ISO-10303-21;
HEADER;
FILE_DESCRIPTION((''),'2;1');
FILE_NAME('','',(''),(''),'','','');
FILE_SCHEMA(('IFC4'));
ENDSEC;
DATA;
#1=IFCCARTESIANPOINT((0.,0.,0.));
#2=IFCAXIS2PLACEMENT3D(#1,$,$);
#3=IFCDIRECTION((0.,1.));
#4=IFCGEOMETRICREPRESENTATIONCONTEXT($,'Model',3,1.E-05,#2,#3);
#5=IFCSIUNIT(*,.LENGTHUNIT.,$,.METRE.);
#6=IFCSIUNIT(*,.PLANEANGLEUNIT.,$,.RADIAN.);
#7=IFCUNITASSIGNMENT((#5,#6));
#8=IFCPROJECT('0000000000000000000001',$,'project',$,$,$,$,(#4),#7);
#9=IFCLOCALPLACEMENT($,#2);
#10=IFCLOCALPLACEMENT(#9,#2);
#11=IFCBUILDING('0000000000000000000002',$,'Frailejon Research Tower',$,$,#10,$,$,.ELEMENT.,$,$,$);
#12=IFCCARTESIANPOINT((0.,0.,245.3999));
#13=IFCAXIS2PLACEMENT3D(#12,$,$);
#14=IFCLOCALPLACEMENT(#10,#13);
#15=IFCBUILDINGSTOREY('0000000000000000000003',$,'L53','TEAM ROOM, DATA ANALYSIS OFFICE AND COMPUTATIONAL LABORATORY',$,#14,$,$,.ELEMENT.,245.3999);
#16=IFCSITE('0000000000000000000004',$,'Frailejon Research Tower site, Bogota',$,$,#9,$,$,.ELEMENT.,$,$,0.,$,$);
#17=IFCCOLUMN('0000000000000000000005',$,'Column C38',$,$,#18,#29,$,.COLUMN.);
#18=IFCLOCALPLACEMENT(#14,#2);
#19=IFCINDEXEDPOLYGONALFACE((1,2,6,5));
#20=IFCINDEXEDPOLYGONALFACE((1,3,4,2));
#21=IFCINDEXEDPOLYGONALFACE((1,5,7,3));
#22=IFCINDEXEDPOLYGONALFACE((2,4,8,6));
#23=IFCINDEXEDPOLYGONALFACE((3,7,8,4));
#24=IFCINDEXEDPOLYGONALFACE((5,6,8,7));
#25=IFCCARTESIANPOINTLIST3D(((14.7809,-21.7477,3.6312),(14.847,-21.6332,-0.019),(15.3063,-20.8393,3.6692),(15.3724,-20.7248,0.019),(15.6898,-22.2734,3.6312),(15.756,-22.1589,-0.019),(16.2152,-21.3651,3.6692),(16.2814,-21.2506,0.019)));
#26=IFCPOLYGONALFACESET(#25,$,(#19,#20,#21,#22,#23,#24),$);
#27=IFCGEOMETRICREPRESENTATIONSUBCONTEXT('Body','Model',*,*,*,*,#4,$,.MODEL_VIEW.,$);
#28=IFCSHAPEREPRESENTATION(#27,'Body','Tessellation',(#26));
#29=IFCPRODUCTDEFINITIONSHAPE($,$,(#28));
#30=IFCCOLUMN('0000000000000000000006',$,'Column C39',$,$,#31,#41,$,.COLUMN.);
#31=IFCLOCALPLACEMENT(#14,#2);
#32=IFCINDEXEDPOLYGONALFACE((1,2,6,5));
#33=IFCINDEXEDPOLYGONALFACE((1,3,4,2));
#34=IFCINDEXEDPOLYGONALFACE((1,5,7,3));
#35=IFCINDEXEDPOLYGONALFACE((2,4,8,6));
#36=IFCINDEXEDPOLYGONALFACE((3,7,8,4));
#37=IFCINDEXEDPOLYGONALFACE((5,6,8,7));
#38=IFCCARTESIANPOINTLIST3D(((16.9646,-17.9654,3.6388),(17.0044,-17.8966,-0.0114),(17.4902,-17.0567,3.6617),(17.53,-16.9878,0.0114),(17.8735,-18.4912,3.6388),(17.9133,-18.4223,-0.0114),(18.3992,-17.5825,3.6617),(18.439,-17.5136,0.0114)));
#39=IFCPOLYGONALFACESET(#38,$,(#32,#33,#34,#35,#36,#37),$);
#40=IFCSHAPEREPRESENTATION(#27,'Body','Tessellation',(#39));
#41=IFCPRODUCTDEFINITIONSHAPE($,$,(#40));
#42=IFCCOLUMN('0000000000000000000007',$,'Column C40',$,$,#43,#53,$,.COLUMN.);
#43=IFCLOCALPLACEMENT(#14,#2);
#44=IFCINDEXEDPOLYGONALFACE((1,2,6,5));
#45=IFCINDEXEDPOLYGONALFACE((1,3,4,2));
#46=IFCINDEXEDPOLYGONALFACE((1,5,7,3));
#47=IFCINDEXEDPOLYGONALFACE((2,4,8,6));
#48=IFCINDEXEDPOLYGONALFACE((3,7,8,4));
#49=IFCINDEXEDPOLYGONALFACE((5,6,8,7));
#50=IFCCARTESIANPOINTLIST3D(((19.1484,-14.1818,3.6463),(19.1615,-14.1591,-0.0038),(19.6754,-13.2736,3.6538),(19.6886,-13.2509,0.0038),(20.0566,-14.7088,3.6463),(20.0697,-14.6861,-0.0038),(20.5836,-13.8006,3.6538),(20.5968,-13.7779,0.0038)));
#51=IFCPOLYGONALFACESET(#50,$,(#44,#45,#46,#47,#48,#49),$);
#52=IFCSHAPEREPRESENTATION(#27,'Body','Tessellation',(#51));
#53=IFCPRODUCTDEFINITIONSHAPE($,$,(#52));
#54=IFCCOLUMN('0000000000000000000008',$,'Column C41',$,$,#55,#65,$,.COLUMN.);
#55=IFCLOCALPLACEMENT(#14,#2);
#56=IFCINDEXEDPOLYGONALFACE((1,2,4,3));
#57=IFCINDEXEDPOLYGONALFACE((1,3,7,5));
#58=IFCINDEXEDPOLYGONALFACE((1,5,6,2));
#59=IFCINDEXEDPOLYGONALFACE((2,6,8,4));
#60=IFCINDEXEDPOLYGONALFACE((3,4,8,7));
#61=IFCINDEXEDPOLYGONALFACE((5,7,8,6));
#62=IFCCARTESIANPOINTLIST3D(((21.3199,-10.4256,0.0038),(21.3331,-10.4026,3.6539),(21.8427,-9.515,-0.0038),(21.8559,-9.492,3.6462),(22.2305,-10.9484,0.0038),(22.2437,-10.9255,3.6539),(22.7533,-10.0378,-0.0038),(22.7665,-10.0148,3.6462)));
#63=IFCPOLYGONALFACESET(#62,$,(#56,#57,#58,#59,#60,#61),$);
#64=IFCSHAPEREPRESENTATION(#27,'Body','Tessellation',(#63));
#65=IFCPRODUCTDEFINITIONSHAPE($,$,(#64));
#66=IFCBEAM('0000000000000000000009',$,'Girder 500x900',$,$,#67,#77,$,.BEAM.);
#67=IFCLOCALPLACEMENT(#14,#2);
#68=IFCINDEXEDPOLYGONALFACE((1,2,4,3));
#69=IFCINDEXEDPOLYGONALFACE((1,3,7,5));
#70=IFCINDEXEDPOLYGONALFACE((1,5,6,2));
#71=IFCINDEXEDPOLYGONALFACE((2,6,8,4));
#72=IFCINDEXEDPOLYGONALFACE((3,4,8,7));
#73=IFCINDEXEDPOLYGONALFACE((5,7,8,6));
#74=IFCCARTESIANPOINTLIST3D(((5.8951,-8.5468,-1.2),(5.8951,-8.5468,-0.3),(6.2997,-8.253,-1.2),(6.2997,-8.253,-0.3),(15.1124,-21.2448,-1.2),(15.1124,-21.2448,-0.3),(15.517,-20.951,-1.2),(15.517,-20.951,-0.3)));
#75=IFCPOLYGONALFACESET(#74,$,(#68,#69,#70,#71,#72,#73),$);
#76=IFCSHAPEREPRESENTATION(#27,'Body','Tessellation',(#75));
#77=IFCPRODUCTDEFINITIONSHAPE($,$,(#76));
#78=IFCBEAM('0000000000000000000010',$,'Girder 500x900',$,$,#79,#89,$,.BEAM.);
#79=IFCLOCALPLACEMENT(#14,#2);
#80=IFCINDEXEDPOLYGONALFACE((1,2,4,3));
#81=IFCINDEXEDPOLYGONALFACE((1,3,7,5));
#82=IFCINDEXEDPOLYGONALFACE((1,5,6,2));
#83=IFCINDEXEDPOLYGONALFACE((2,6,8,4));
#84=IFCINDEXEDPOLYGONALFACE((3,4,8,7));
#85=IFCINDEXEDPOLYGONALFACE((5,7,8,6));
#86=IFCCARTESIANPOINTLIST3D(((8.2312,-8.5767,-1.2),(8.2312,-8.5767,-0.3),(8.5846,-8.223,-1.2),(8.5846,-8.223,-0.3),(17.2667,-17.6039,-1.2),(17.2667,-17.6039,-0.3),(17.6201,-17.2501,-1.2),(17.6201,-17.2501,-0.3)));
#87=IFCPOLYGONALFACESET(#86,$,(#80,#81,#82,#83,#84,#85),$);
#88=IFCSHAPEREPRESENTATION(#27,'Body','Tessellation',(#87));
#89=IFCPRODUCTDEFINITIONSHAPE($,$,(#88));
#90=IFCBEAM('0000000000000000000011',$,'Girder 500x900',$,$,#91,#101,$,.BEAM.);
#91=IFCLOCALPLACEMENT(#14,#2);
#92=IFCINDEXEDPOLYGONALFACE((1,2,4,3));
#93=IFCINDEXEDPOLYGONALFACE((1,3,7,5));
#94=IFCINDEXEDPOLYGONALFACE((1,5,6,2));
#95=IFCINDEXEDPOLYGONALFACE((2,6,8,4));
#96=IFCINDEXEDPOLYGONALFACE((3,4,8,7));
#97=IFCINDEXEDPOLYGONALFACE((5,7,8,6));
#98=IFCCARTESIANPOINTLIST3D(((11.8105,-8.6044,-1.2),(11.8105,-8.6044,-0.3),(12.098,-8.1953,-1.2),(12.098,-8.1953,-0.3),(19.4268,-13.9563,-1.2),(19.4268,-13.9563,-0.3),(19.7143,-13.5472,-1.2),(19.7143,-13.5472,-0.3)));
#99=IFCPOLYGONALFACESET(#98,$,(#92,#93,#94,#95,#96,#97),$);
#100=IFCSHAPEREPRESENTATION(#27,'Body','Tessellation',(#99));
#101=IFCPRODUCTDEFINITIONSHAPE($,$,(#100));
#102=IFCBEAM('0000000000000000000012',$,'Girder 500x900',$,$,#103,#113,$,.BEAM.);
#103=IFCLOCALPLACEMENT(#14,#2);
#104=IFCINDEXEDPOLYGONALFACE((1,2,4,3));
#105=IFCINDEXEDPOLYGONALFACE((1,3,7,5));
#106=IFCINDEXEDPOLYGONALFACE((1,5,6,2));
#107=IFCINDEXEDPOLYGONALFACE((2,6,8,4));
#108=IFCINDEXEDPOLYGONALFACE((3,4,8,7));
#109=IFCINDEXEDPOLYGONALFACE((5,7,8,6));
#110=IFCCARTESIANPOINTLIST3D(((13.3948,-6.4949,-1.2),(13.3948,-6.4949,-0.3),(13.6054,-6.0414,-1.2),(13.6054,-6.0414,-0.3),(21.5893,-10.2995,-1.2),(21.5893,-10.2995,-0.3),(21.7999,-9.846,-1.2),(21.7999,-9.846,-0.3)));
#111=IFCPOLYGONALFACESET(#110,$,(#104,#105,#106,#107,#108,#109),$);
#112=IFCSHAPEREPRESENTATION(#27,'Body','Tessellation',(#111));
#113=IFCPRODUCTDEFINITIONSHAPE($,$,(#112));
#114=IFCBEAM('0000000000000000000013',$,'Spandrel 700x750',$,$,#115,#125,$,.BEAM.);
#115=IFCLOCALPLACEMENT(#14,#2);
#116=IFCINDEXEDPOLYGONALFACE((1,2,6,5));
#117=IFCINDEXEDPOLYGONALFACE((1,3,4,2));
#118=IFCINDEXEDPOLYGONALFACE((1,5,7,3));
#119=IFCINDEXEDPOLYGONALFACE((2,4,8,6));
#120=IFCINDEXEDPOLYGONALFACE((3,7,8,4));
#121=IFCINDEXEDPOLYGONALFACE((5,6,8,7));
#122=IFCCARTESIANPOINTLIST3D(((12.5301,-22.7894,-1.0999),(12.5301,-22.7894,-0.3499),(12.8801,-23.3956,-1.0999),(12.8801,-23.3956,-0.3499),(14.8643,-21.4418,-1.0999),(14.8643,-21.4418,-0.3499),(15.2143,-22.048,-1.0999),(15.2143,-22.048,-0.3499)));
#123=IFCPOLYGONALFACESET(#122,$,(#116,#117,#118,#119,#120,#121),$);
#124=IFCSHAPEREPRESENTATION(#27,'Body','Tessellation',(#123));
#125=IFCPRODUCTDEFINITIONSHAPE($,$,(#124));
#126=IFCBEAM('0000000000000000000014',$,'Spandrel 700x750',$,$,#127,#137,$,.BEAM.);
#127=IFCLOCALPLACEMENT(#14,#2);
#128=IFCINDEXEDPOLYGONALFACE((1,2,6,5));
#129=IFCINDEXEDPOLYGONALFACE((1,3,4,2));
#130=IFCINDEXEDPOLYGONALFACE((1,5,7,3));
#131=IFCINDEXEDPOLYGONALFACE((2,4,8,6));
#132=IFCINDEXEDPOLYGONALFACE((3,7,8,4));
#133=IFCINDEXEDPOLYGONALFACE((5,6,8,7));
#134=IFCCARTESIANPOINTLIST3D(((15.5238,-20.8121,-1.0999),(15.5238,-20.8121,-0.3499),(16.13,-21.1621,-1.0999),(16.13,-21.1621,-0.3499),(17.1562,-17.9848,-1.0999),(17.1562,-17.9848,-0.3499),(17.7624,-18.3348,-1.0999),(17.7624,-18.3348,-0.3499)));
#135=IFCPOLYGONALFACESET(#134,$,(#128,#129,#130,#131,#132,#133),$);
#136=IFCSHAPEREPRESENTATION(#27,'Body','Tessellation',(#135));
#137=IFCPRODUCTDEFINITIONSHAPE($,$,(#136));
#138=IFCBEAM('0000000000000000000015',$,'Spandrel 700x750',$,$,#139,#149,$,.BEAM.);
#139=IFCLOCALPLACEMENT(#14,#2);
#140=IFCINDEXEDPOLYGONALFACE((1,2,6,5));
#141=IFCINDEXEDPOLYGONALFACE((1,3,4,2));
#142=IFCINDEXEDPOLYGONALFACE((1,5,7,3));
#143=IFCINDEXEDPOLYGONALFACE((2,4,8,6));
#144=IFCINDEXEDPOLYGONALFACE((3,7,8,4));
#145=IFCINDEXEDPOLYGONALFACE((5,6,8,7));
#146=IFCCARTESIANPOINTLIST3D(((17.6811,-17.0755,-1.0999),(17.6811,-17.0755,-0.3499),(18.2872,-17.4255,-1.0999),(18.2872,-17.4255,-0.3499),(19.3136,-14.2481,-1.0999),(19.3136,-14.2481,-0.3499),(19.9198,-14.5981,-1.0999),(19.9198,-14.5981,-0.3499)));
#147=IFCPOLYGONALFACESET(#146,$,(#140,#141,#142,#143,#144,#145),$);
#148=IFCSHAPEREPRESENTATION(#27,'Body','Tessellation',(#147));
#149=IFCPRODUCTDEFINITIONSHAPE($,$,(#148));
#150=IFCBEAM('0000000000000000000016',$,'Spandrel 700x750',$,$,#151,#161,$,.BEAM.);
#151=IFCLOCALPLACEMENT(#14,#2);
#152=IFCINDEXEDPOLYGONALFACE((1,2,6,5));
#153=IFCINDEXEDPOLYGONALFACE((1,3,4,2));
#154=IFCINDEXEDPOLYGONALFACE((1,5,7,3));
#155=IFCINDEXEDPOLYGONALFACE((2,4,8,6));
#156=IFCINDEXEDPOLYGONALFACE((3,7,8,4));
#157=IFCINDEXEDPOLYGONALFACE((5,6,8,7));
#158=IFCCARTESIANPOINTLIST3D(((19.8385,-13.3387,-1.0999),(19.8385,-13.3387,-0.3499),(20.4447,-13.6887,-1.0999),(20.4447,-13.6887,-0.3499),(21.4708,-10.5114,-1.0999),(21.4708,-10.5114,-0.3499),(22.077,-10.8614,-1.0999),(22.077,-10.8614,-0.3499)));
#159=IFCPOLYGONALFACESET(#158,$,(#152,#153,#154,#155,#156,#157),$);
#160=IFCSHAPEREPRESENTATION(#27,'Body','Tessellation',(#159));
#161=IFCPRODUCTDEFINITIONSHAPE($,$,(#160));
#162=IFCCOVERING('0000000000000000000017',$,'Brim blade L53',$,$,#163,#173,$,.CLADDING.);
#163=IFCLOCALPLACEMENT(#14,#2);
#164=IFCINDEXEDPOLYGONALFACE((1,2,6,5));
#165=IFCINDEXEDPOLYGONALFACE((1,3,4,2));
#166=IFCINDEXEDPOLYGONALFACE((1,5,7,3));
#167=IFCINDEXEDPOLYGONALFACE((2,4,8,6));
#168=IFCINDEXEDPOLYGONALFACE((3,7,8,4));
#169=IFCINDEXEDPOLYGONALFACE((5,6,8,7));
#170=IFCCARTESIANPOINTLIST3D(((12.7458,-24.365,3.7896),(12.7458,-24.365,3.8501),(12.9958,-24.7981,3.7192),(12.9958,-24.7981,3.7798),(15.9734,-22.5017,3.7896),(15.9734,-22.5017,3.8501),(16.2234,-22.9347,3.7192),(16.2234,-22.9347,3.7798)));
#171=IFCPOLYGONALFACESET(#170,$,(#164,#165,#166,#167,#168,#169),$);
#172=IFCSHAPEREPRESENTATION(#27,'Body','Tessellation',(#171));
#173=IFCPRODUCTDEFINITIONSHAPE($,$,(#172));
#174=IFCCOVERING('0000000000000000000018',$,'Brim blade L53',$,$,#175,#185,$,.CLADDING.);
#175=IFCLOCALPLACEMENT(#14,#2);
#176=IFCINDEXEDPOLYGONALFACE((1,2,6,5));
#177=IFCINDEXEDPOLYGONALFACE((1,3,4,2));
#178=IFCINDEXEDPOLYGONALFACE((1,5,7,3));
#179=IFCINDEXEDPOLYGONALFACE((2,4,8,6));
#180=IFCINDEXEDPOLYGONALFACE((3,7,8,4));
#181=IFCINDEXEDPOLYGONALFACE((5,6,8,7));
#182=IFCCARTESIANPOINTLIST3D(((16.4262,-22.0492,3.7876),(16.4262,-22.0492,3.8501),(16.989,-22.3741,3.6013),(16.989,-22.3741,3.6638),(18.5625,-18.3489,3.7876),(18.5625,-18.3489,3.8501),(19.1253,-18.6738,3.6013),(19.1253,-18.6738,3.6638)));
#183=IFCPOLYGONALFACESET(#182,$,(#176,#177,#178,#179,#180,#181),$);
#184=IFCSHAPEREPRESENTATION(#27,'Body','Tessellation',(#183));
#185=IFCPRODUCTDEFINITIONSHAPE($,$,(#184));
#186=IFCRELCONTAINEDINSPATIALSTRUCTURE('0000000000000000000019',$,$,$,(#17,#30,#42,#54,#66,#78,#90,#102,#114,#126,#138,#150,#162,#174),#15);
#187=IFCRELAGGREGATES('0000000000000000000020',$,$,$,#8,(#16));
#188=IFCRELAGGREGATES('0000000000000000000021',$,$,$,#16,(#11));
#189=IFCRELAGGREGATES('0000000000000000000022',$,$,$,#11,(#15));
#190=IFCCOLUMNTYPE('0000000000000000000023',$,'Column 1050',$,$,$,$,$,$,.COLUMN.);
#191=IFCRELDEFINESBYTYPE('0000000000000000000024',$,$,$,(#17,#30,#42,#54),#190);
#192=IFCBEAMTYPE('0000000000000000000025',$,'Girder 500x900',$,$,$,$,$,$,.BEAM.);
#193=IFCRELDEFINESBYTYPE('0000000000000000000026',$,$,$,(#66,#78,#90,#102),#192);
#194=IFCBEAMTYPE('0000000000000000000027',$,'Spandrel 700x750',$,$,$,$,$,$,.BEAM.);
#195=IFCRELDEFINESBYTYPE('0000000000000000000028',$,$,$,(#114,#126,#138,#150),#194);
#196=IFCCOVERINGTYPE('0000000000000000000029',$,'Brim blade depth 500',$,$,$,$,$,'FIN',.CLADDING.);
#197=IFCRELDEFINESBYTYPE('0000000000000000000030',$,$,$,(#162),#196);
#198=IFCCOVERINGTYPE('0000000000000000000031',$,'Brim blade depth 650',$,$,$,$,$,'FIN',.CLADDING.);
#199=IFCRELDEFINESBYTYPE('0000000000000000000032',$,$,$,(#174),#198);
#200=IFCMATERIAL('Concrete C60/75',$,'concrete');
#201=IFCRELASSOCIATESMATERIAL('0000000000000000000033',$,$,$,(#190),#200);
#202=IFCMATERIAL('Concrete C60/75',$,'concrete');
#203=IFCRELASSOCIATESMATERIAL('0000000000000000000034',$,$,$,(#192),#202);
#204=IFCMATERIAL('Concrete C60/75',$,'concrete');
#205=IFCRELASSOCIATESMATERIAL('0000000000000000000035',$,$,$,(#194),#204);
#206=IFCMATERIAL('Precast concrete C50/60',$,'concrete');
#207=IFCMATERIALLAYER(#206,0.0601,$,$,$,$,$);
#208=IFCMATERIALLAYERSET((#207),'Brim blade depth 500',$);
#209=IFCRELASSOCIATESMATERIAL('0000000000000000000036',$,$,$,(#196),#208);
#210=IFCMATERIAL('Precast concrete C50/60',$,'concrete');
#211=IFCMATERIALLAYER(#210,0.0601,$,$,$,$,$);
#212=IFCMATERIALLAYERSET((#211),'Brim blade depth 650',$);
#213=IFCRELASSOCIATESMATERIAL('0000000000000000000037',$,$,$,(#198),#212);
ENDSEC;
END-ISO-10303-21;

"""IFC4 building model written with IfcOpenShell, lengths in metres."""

from ifc_helpers import new_model, si_unit, direction, frame, origin, origin_2d, place, context, subcontext, project, spatial, polyline, rectangle, outline, extrude, material, layer, layer_set, material_profile, profile_set, type_object, element, save


model = new_model("IFC4")

# Units and contexts
model_context = context("Model", 3, precision=1e-05, world=origin(), true_north=direction((0.0, 1.0)))
body_context = subcontext(model_context, "Body", "Model", "MODEL_VIEW")
ifc_project = project(units=[si_unit("LENGTHUNIT", "METRE"), si_unit("PLANEANGLEUNIT", "RADIAN")], contexts=[model_context])

# Site, building, storey
site_placement = place(None, origin())
site = spatial("IfcSite", under=ifc_project, at=site_placement, Name="Frailejon Research Tower site, Bogota", CompositionType="ELEMENT", RefElevation=0.0)
building_placement = place(site_placement, origin())
building = spatial("IfcBuilding", under=site, at=building_placement, Name="Frailejon Research Tower", CompositionType="ELEMENT")
storey_placement = place(building_placement, frame((0.0, 0.0, 245.3999)))
storey = spatial("IfcBuildingStorey", under=building, at=storey_placement, Name="L53", Description="TEAM ROOM, DATA ANALYSIS OFFICE AND COMPUTATIONAL LABORATORY", CompositionType="ELEMENT", Elevation=245.3999)

# Columns
ifc_material_1 = material(Name="Concrete C60/75", Category="concrete")
ifc_material_profile_1 = material_profile(ifc_material_1, rectangle(XDim=1.05, YDim=1.05, at=origin_2d()), Name="Column 1050")
ifc_profile_set_1 = profile_set([ifc_material_profile_1], Name="Concrete C60/75")
column_type = type_object("IfcColumnType", Name="Column 1050", PredefinedType="COLUMN", material=ifc_profile_set_1)
column_1_placement = place(storey_placement, frame((15.5642, -21.4419, 0.0), z_axis=(-0.018114, -0.031349, 0.999344), x_axis=(0.500358, 0.865061, 0.036206)))
element("IfcColumn", 1, at=column_1_placement, inside=storey, type_object=column_type, Name="Column C38", PredefinedType="COLUMN", context=body_context, shape_type="SweptSolid", body=[
    extrude(rectangle(XDim=1.05, YDim=1.05, at=origin_2d()), origin(), (0.0, 0.0, 1.0), 3.6526),
])
column_2_placement = place(storey_placement, frame((17.7217, -17.7051, 0.0), z_axis=(-0.0109, -0.018857, 0.999763), x_axis=(0.50059, 0.86541, 0.021781)))
element("IfcColumn", 2, at=column_2_placement, inside=storey, type_object=column_type, Name="Column C39", PredefinedType="COLUMN", context=body_context, shape_type="SweptSolid", body=[
    extrude(rectangle(XDim=1.05, YDim=1.05, at=origin_2d()), origin(), (0.0, 0.0, 1.0), 3.6511),
])
for number, where, z_axis, x_axis, name in (
    (3, (19.8792, -13.9685, 0.0), (-0.003612, -0.00622, 0.999974), (0.501902, 0.864895, 0.007193), "Column C40"),
    (4, (22.0366, -10.2317, 0.0), (0.003612, 0.006287, 0.999974), (0.49789, 0.86721, -0.007251), "Column C41"),
):
    element("IfcColumn", number, at=place(storey_placement, frame(where, z_axis=z_axis, x_axis=x_axis)), inside=storey, type_object=column_type, Name=name, PredefinedType="COLUMN", context=body_context, shape_type="SweptSolid", body=[
        extrude(rectangle(XDim=1.05, YDim=1.05, at=origin_2d()), origin(), (0.0, 0.0, 1.0), 3.6501),
    ])

# Beams
ifc_material_2 = material(Name="Concrete C60/75", Category="concrete")
ifc_material_profile_2 = material_profile(ifc_material_2, rectangle(XDim=0.5, YDim=0.8999, at=origin_2d()), Name="Girder 500x900")
ifc_profile_set_2 = profile_set([ifc_material_profile_2], Name="Concrete C60/75")
beam_type_1 = type_object("IfcBeamType", Name="Girder 500x900", PredefinedType="BEAM", material=ifc_profile_set_2)
beam_1_placement = place(storey_placement, frame((15.3147, -21.0979, -0.75), z_axis=(-0.587437, 0.80927, 0.0), x_axis=(-0.80927, -0.587437, 0.0)))
element("IfcBeam", 5, at=beam_1_placement, inside=storey, type_object=beam_type_1, Name="Girder 500x900", PredefinedType="BEAM", context=body_context, shape_type="SweptSolid", body=[
    extrude(rectangle(XDim=0.5, YDim=0.8999, at=origin_2d()), origin(), (0.0, 0.0, 1.0), 15.6907),
])
beam_2_placement = place(storey_placement, frame((17.4434, -17.427, -0.75), z_axis=(-0.707432, 0.706782, 0.0), x_axis=(-0.706782, -0.707432, 0.0)))
element("IfcBeam", 6, at=beam_2_placement, inside=storey, type_object=beam_type_1, Name="Girder 500x900", PredefinedType="BEAM", context=body_context, shape_type="SweptSolid", body=[
    extrude(rectangle(XDim=0.5, YDim=0.8999, at=origin_2d()), origin(), (0.0, 0.0, 1.0), 12.7722),
])
beam_3_placement = place(storey_placement, frame((19.5706, -13.7517, -0.75), z_axis=(-0.818198, 0.574937, 0.0), x_axis=(-0.574937, -0.818198, 0.0)))
element("IfcBeam", 7, at=beam_3_placement, inside=storey, type_object=beam_type_1, Name="Girder 500x900", PredefinedType="BEAM", context=body_context, shape_type="SweptSolid", body=[
    extrude(rectangle(XDim=0.5, YDim=0.8999, at=origin_2d()), origin(), (0.0, 0.0, 1.0), 9.3086),
])
beam_4_placement = place(storey_placement, frame((21.6946, -10.0728, -0.75), z_axis=(-0.907006, 0.421117, 0.0), x_axis=(-0.421117, -0.907006, 0.0)))
element("IfcBeam", 8, at=beam_4_placement, inside=storey, type_object=beam_type_1, Name="Girder 500x900", PredefinedType="BEAM", context=body_context, shape_type="SweptSolid", body=[
    extrude(rectangle(XDim=0.5, YDim=0.8999, at=origin_2d()), origin(), (0.0, 0.0, 1.0), 9.0347),
])
ifc_material_3 = material(Name="Concrete C60/75", Category="concrete")
ifc_material_profile_3 = material_profile(ifc_material_3, rectangle(XDim=0.7, YDim=0.75, at=origin_2d()), Name="Spandrel 700x750")
ifc_profile_set_3 = profile_set([ifc_material_profile_3], Name="Concrete C60/75")
beam_type_2 = type_object("IfcBeamType", Name="Spandrel 700x750", PredefinedType="BEAM", material=ifc_profile_set_3)
beam_5_placement = place(storey_placement, frame((12.7051, -23.0925, -0.7249), z_axis=(0.866027, 0.499997, 0.0), x_axis=(-0.499997, 0.866027, 0.0)))
element("IfcBeam", 9, at=beam_5_placement, inside=storey, type_object=beam_type_2, Name="Spandrel 700x750", PredefinedType="BEAM", context=body_context, shape_type="SweptSolid", body=[
    extrude(rectangle(XDim=0.7, YDim=0.75, at=origin_2d()), origin(), (0.0, 0.0, 1.0), 2.6953),
])
beam_6_placement = place(storey_placement, frame((15.8269, -20.9871, -0.7249), z_axis=(0.500016, 0.866016, 0.0), x_axis=(-0.866016, 0.500016, 0.0)))
element("IfcBeam", 10, at=beam_6_placement, inside=storey, type_object=beam_type_2, Name="Spandrel 700x750", PredefinedType="BEAM", context=body_context, shape_type="SweptSolid", body=[
    extrude(rectangle(XDim=0.7, YDim=0.75, at=origin_2d()), origin(), (0.0, 0.0, 1.0), 3.2646),
])
beam_7_placement = place(storey_placement, frame((17.9841, -17.2505, -0.7249), z_axis=(0.50004, 0.866003, 0.0), x_axis=(-0.866003, 0.50004, 0.0)))
element("IfcBeam", 11, at=beam_7_placement, inside=storey, type_object=beam_type_2, Name="Spandrel 700x750", PredefinedType="BEAM", context=body_context, shape_type="SweptSolid", body=[
    extrude(rectangle(XDim=0.7, YDim=0.75, at=origin_2d()), origin(), (0.0, 0.0, 1.0), 3.2649),
])
beam_8_placement = place(storey_placement, frame((20.1416, -13.5137, -0.7249), z_axis=(0.499984, 0.866035, 0.0), x_axis=(-0.866035, 0.499984, 0.0)))
element("IfcBeam", 12, at=beam_8_placement, inside=storey, type_object=beam_type_2, Name="Spandrel 700x750", PredefinedType="BEAM", context=body_context, shape_type="SweptSolid", body=[
    extrude(rectangle(XDim=0.7, YDim=0.75, at=origin_2d()), origin(), (0.0, 0.0, 1.0), 3.2646),
])

# Coverings
ifc_material_4 = material(Name="Precast concrete C50/60", Category="concrete")
ifc_layer_1 = layer(ifc_material_4, 0.0601)
ifc_layer_set_1 = layer_set([ifc_layer_1], Name="Brim blade depth 500")
covering_type_1 = type_object("IfcCoveringType", Name="Brim blade depth 500", ElementType="FIN", PredefinedType="CLADDING", material=ifc_layer_set_1)
covering_1_placement = place(storey_placement, frame((15.9734, -22.5017, 3.8501), z_axis=(-0.866036, -0.499981, 0.0), x_axis=(0.499981, -0.866036, 0.0)))
element("IfcCovering", 13, at=covering_1_placement, inside=storey, type_object=covering_type_1, Name="Brim blade L53", PredefinedType="CLADDING", context=body_context, shape_type="SweptSolid", body=[
    extrude(outline(polyline([(0.0, -0.0605), (0.5, -0.1309), (0.5, -0.0703), (0.0, 0.0), (0.0, -0.0605)])), origin(), (0.0, 0.0, 1.0), 3.7268),
])
ifc_material_5 = material(Name="Precast concrete C50/60", Category="concrete")
ifc_layer_2 = layer(ifc_material_5, 0.0601)
ifc_layer_set_2 = layer_set([ifc_layer_2], Name="Brim blade depth 650")
covering_type_2 = type_object("IfcCoveringType", Name="Brim blade depth 650", ElementType="FIN", PredefinedType="CLADDING", material=ifc_layer_set_2)
covering_2_placement = place(storey_placement, frame((18.5625, -18.3489, 3.8501), z_axis=(-0.499996, -0.866028, 0.0), x_axis=(0.866028, -0.499996, 0.0)))
element("IfcCovering", 14, at=covering_2_placement, inside=storey, type_object=covering_type_2, Name="Brim blade L53", PredefinedType="CLADDING", context=body_context, shape_type="SweptSolid", body=[
    extrude(outline(polyline([(0.0, -0.0625), (0.6499, -0.2488), (0.6499, -0.1863), (0.0, 0.0), (0.0, -0.0625)])), origin(), (0.0, 0.0, 1.0), 4.2727),
])

save(model, "model.ifc")
